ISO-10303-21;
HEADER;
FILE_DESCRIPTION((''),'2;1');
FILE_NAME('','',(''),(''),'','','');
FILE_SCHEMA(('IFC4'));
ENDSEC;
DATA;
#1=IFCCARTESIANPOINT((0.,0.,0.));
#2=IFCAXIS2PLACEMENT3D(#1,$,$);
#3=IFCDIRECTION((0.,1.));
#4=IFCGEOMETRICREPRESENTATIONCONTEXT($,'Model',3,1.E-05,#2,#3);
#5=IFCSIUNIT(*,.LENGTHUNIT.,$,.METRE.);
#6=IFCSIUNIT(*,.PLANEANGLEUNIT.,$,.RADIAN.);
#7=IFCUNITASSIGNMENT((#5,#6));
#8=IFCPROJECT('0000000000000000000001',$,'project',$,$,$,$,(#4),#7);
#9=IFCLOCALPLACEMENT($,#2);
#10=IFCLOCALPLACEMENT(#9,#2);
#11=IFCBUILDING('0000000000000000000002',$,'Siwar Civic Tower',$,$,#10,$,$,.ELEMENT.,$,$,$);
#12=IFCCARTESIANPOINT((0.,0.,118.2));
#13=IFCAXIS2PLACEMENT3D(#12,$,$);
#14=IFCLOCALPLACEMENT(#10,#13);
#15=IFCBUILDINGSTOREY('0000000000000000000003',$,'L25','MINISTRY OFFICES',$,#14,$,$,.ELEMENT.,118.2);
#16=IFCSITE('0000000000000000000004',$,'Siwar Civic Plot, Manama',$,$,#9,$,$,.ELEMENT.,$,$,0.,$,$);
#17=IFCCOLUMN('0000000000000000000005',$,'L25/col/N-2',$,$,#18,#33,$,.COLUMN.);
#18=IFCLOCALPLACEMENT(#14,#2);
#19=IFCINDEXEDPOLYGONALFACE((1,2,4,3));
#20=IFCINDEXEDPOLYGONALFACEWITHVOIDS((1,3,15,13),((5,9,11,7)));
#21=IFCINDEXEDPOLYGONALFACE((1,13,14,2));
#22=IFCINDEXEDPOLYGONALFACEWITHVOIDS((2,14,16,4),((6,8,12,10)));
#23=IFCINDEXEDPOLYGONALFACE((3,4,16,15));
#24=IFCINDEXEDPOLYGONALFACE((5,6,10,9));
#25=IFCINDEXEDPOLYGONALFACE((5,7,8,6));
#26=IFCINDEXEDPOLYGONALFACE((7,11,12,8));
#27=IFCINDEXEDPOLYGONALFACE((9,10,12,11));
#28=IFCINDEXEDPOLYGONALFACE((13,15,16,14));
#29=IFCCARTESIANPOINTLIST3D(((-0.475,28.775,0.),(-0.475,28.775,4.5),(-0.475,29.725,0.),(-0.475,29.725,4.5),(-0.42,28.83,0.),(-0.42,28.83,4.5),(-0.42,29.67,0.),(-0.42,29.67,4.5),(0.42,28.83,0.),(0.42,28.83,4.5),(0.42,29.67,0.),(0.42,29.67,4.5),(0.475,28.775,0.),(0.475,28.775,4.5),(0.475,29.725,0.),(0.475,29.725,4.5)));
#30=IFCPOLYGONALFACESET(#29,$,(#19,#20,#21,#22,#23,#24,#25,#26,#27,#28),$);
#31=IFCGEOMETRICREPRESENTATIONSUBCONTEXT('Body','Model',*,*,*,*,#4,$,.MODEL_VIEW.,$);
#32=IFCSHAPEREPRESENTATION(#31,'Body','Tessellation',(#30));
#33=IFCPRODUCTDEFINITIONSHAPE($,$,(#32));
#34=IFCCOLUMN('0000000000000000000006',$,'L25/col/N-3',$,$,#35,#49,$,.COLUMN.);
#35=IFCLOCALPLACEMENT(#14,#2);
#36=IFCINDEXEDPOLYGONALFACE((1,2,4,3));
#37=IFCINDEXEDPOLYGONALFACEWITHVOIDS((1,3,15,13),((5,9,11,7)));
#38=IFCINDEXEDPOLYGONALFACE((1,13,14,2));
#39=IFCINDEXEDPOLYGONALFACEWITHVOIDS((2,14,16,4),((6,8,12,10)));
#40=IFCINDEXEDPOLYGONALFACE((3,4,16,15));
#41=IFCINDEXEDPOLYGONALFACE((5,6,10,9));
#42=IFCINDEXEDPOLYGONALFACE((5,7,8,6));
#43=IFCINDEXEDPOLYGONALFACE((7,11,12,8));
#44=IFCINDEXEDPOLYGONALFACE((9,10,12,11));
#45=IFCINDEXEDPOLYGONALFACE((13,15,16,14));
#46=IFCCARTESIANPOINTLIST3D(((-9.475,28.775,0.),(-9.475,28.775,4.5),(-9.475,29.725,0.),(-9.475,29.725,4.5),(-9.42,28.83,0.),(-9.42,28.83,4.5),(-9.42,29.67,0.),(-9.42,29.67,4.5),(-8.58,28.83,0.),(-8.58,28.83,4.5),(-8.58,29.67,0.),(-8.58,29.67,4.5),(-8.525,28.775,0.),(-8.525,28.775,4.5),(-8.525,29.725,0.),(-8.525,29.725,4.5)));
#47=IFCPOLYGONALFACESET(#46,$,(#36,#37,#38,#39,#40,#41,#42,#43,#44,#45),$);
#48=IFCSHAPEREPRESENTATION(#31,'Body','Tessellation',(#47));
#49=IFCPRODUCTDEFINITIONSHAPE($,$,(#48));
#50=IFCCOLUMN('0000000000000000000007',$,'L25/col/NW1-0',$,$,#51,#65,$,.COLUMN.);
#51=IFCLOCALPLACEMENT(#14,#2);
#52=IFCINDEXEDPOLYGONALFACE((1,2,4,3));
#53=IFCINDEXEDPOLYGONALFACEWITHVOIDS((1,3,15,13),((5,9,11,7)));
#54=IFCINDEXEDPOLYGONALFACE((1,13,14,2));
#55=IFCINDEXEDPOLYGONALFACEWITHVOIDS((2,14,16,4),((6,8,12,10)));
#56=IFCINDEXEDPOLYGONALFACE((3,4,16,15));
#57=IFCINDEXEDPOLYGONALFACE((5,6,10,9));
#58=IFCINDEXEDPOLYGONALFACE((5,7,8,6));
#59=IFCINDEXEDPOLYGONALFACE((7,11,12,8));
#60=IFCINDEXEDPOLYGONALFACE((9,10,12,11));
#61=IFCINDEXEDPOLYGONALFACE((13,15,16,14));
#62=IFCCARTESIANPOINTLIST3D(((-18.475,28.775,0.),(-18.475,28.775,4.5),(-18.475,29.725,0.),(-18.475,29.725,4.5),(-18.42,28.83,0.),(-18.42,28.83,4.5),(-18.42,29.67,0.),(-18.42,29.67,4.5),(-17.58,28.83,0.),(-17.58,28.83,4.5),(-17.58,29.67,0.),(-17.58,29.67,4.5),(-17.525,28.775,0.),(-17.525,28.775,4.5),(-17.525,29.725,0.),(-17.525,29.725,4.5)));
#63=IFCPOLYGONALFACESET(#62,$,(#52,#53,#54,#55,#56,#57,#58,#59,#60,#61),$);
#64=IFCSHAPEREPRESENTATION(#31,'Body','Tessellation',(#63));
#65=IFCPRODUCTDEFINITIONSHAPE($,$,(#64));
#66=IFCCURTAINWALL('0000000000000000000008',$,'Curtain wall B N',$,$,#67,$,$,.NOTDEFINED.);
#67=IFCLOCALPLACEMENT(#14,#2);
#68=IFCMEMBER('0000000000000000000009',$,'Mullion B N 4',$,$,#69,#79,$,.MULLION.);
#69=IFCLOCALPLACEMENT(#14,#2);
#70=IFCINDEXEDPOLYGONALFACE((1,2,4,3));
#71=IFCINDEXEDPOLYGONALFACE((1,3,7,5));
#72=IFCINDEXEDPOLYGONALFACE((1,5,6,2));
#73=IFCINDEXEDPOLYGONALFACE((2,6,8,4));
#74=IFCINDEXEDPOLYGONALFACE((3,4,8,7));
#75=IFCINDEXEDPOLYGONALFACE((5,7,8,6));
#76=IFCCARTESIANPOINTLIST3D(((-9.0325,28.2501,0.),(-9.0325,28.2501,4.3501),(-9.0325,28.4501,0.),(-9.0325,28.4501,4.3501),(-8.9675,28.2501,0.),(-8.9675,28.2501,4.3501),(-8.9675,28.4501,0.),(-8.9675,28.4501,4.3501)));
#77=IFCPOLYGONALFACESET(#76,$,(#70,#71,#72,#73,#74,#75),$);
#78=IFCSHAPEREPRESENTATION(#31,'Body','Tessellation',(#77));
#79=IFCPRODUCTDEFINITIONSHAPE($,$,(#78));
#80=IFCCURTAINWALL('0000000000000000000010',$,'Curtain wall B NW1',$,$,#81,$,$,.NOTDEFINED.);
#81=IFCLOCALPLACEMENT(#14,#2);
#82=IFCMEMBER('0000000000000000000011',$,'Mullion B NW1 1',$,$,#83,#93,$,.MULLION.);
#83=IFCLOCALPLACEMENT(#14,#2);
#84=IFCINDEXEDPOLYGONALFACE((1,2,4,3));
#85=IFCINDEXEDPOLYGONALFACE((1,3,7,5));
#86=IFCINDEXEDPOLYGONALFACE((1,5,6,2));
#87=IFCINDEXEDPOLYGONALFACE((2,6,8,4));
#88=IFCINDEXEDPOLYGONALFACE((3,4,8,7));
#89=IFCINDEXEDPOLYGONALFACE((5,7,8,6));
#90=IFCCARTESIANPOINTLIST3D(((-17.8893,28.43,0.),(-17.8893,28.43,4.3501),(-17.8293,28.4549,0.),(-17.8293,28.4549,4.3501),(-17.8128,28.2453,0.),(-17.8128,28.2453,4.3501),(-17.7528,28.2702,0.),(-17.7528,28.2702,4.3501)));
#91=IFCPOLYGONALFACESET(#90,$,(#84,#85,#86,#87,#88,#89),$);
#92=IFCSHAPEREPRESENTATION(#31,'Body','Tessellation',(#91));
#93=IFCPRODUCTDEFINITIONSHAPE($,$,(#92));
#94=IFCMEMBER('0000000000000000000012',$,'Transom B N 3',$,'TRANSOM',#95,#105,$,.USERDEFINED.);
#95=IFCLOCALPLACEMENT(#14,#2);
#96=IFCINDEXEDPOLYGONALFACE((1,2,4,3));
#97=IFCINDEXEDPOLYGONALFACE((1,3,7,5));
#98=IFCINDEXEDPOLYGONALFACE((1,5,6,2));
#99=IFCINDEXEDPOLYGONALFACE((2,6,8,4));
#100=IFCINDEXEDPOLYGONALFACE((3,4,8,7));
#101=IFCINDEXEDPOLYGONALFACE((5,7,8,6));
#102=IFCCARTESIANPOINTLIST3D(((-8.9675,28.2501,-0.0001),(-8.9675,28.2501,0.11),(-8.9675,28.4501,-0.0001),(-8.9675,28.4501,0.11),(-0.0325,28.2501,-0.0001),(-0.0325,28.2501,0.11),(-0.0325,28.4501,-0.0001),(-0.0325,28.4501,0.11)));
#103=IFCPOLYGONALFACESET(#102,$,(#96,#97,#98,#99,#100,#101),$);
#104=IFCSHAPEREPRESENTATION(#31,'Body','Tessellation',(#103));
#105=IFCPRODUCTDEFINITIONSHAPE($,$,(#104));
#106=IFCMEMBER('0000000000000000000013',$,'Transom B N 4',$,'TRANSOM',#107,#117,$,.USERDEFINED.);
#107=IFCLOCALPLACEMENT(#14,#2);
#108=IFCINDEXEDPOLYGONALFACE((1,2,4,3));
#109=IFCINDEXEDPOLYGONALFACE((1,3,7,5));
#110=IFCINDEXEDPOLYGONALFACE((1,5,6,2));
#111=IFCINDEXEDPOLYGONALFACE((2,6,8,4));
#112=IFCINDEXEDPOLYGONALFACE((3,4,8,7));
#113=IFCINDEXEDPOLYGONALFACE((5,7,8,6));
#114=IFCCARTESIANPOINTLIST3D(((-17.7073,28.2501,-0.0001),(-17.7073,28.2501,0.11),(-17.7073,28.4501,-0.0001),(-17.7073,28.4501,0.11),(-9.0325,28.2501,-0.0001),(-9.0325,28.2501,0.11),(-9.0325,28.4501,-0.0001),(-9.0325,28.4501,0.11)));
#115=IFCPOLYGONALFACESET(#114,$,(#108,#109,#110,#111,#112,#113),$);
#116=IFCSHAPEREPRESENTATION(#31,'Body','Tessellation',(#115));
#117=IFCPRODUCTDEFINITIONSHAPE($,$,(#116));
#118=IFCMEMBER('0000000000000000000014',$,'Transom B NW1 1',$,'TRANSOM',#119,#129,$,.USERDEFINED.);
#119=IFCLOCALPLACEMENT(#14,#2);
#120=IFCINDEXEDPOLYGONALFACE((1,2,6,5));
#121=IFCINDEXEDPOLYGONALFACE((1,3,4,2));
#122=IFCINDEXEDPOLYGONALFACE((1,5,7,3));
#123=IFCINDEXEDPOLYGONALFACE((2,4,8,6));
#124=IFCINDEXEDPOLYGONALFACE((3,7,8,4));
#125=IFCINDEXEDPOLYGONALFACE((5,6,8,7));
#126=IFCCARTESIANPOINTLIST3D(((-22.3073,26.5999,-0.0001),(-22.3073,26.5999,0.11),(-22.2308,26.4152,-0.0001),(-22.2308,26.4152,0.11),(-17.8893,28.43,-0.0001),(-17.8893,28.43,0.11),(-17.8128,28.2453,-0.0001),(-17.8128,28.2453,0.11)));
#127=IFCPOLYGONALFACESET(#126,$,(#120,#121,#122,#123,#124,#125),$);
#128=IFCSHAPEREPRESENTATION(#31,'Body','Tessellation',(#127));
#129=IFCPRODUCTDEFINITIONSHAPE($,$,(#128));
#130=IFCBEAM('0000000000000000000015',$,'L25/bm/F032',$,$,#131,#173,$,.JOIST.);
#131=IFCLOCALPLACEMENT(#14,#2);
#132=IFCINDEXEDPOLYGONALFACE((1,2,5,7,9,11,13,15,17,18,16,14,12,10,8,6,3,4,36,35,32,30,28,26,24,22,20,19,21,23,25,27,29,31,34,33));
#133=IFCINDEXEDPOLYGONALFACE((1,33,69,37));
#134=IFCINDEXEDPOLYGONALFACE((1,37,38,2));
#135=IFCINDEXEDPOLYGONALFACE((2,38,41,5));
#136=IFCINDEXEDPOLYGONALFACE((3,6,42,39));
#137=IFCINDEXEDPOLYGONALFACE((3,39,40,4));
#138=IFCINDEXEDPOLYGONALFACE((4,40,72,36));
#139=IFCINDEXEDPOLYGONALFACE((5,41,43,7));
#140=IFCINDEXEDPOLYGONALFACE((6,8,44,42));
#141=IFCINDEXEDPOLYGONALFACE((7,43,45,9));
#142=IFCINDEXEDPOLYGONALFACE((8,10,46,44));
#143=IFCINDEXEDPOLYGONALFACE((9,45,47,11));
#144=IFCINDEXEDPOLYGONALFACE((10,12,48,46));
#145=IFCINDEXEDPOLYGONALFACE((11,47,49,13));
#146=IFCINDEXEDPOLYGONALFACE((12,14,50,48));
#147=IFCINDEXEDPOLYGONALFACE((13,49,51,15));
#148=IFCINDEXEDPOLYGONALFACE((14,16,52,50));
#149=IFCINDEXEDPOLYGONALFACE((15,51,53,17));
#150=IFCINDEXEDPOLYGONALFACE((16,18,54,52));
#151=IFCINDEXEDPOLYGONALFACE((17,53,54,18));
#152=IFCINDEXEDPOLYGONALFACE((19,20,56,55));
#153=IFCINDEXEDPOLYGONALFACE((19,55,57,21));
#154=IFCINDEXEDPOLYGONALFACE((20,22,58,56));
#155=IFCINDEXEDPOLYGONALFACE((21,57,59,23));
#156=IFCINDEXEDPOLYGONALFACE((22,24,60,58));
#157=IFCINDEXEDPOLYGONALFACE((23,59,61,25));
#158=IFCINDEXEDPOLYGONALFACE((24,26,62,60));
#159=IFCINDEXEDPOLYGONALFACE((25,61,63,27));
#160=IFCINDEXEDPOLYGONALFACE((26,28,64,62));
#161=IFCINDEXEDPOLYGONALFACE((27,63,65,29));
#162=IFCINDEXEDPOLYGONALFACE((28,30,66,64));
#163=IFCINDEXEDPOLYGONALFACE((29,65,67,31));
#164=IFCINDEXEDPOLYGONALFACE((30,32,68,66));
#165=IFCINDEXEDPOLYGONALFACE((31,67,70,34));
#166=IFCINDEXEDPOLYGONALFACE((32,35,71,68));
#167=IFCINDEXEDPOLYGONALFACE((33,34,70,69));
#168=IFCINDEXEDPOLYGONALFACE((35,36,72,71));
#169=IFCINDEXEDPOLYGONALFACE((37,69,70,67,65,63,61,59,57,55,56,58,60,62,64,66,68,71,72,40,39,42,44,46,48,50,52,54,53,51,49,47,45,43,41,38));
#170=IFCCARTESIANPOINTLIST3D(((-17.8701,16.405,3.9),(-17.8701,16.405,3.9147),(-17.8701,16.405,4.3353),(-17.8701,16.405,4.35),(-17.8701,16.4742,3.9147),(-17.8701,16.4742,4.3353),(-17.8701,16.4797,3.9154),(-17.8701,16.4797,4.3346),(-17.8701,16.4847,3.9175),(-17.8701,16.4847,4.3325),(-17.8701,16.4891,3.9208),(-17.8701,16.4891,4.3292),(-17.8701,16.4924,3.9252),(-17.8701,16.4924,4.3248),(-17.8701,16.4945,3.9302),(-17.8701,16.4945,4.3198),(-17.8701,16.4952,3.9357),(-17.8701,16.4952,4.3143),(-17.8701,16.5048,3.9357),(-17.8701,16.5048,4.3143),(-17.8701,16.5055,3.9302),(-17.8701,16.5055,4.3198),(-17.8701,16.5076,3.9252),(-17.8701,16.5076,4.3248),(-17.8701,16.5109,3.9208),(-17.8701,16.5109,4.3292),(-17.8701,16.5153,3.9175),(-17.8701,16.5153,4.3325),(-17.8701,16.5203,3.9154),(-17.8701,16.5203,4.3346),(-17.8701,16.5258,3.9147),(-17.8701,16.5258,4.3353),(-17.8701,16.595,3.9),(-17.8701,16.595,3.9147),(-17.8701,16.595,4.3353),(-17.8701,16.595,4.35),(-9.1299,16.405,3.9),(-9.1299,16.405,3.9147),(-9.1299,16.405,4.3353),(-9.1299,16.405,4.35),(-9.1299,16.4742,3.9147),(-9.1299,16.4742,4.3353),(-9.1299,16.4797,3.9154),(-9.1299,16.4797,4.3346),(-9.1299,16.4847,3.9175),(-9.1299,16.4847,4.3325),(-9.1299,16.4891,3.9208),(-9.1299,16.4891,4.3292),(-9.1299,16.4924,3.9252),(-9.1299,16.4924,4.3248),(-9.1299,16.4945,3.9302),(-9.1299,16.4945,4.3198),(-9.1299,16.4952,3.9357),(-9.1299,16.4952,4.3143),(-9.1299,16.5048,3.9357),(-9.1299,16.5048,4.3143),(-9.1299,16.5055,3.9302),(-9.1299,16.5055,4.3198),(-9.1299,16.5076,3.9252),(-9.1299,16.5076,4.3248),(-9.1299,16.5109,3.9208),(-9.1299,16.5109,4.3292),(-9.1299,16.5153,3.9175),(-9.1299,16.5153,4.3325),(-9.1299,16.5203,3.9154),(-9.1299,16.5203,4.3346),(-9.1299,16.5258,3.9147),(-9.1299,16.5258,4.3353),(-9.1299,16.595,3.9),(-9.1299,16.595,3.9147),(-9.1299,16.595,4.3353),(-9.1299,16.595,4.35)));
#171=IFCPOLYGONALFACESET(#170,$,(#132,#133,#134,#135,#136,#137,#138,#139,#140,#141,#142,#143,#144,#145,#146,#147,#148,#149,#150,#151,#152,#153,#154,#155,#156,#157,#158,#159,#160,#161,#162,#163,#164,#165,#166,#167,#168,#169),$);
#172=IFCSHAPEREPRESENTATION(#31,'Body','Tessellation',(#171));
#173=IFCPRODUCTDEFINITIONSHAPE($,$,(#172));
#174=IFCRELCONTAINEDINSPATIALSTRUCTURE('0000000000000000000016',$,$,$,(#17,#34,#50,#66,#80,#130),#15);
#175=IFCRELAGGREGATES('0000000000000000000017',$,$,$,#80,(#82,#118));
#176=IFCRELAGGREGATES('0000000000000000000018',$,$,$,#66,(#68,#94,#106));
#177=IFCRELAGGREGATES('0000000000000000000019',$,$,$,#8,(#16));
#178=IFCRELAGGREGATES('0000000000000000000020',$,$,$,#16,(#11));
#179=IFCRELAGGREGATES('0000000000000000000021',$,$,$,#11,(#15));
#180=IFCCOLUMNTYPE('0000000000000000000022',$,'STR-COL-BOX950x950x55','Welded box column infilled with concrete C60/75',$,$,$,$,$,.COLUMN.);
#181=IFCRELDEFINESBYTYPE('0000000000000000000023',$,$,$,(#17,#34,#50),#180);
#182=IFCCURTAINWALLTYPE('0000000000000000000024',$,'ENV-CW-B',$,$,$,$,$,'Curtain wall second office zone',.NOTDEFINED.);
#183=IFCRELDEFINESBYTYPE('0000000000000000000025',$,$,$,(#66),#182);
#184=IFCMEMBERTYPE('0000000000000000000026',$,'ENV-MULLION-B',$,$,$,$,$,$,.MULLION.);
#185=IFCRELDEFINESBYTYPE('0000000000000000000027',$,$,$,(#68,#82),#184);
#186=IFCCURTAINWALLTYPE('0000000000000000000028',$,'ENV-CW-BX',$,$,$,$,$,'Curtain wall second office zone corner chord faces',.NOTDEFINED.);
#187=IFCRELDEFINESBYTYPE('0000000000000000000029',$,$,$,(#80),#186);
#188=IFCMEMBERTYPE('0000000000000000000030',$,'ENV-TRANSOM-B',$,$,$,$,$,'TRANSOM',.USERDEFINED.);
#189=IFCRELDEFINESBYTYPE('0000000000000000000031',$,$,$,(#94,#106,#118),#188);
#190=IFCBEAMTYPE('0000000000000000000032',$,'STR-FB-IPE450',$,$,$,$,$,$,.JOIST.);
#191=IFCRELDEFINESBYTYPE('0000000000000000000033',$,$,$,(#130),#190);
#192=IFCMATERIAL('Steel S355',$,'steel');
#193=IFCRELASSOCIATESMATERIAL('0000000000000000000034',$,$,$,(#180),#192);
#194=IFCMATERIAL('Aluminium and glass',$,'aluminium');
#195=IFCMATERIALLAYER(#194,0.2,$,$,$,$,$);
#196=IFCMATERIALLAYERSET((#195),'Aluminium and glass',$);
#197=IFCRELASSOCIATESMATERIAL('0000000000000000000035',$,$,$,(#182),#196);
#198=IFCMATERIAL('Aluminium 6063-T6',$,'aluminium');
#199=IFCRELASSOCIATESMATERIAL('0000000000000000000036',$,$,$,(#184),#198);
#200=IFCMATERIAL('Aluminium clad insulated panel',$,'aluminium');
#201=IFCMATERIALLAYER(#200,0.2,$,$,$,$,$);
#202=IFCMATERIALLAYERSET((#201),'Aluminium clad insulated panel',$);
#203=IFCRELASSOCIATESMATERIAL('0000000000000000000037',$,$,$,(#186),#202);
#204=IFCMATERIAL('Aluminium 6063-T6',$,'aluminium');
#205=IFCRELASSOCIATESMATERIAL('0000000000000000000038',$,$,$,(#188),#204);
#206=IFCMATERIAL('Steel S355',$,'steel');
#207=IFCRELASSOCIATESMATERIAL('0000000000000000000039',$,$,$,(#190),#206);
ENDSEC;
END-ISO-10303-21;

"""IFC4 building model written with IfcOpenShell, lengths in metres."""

from ifc_helpers import new_model, si_unit, direction, frame, origin, origin_2d, place, context, subcontext, project, spatial, rectangle, hollow_rectangle, i_section, extrude, material, layer, layer_set, material_profile, profile_set, type_object, element, aggregate, save


model = new_model("IFC4")

# Units and contexts
model_context = context("Model", 3, precision=1e-05, world=origin(), true_north=direction((0.0, 1.0)))
body_context = subcontext(model_context, "Body", "Model", "MODEL_VIEW")
ifc_project = project(units=[si_unit("LENGTHUNIT", "METRE"), si_unit("PLANEANGLEUNIT", "RADIAN")], contexts=[model_context])

# Site, building, storey
site_placement = place(None, origin())
site = spatial("IfcSite", under=ifc_project, at=site_placement, Name="Siwar Civic Plot, Manama", CompositionType="ELEMENT", RefElevation=0.0)
building_placement = place(site_placement, origin())
building = spatial("IfcBuilding", under=site, at=building_placement, Name="Siwar Civic Tower", CompositionType="ELEMENT")
storey_placement = place(building_placement, frame((0.0, 0.0, 118.2)))
storey = spatial("IfcBuildingStorey", under=building, at=storey_placement, Name="L25", Description="MINISTRY OFFICES", CompositionType="ELEMENT", Elevation=118.2)

# Columns
ifc_material_1 = material(Name="Steel S355", Category="steel")
ifc_material_profile_1 = material_profile(ifc_material_1, hollow_rectangle(XDim=0.95, YDim=0.95, WallThickness=0.0549, at=origin_2d()), Name="BOX950x950x55")
ifc_profile_set_1 = profile_set([ifc_material_profile_1], Name="Steel S355")
column_type = type_object("IfcColumnType", Name="STR-COL-BOX950x950x55", Description="Welded box column infilled with concrete C60/75", PredefinedType="COLUMN", material=ifc_profile_set_1)
for number, where, z_axis, x_axis, name in (
    (1, (0.0, 29.25, 0.0), (0.0, 0.0, 1.0), (1.0, 0.0, 0.0), "L25/col/N-2"),
    (2, (-9.0, 29.25, 0.0), (0.0, 0.0, 1.0), (1.0, 0.0, 0.0), "L25/col/N-3"),
    (3, (-18.0, 29.25, 0.0), (0.0, 0.0, 1.0), (1.0, 0.0, 0.0), "L25/col/NW1-0"),
):
    element("IfcColumn", number, at=place(storey_placement, frame(where, z_axis=z_axis, x_axis=x_axis)), inside=storey, type_object=column_type, Name=name, PredefinedType="COLUMN", context=body_context, shape_type="SweptSolid", body=[
        extrude(hollow_rectangle(XDim=0.95, YDim=0.95, WallThickness=0.0549, at=origin_2d()), origin(), (0.0, 0.0, 1.0), 4.5),
    ])

# Curtain walls, members
ifc_material_2 = material(Name="Aluminium and glass", Category="aluminium")
ifc_layer_1 = layer(ifc_material_2, 0.2)
ifc_layer_set_1 = layer_set([ifc_layer_1], Name="Aluminium and glass")
curtain_wall_type_1 = type_object("IfcCurtainWallType", Name="ENV-CW-B", ElementType="Curtain wall second office zone", PredefinedType="NOTDEFINED", material=ifc_layer_set_1)
curtain_wall_1_placement = place(storey_placement, origin())
curtain_wall_1 = element("IfcCurtainWall", 4, at=curtain_wall_1_placement, inside=storey, type_object=curtain_wall_type_1, Name="Curtain wall B N", PredefinedType="NOTDEFINED")
ifc_material_3 = material(Name="Aluminium 6063-T6", Category="aluminium")
ifc_material_profile_2 = material_profile(ifc_material_3, rectangle(XDim=0.2, YDim=0.0649, at=origin_2d()), Name="AL 200x65")
ifc_profile_set_2 = profile_set([ifc_material_profile_2], Name="Aluminium 6063-T6")
member_type_1 = type_object("IfcMemberType", Name="ENV-MULLION-B", PredefinedType="MULLION", material=ifc_profile_set_2)
member_1_placement = place(storey_placement, frame((-9.0, 28.3501, 0.0), z_axis=(0.0, 0.0, 1.0), x_axis=(0.0, -1.0, 0.0)))
member_1 = element("IfcMember", 5, at=member_1_placement, type_object=member_type_1, Name="Mullion B N 4", PredefinedType="MULLION", context=body_context, shape_type="SweptSolid", body=[
    extrude(rectangle(XDim=0.2, YDim=0.0649, at=origin_2d()), origin(), (0.0, 0.0, 1.0), 4.3501),
])
ifc_material_4 = material(Name="Aluminium clad insulated panel", Category="aluminium")
ifc_layer_2 = layer(ifc_material_4, 0.2)
ifc_layer_set_2 = layer_set([ifc_layer_2], Name="Aluminium clad insulated panel")
curtain_wall_type_2 = type_object("IfcCurtainWallType", Name="ENV-CW-BX", ElementType="Curtain wall second office zone corner chord faces", PredefinedType="NOTDEFINED", material=ifc_layer_set_2)
curtain_wall_2_placement = place(storey_placement, origin())
curtain_wall_2 = element("IfcCurtainWall", 6, at=curtain_wall_2_placement, inside=storey, type_object=curtain_wall_type_2, Name="Curtain wall B NW1", PredefinedType="NOTDEFINED")
member_2_placement = place(storey_placement, frame((-17.821, 28.3501, 0.0), z_axis=(0.0, 0.0, 1.0), x_axis=(0.382683, -0.92388, 0.0)))
member_2 = element("IfcMember", 7, at=member_2_placement, type_object=member_type_1, Name="Mullion B NW1 1", PredefinedType="MULLION", context=body_context, shape_type="SweptSolid", body=[
    extrude(rectangle(XDim=0.2, YDim=0.0649, at=origin_2d()), origin(), (0.0, 0.0, 1.0), 4.3501),
])

# Members
ifc_material_5 = material(Name="Aluminium 6063-T6", Category="aluminium")
ifc_material_profile_3 = material_profile(ifc_material_5, rectangle(XDim=0.2, YDim=0.1101, at=origin_2d()), Name="AL 200x110")
ifc_profile_set_3 = profile_set([ifc_material_profile_3], Name="Aluminium 6063-T6")
member_type_2 = type_object("IfcMemberType", Name="ENV-TRANSOM-B", ElementType="TRANSOM", PredefinedType="USERDEFINED", material=ifc_profile_set_3)
member_3_placement = place(storey_placement, frame((-0.0325, 28.3501, 0.0549), z_axis=(-1.0, 0.0, 0.0), x_axis=(0.0, -1.0, 0.0)))
member_3 = element("IfcMember", 8, at=member_3_placement, type_object=member_type_2, Name="Transom B N 3", ObjectType="TRANSOM", PredefinedType="USERDEFINED", context=body_context, shape_type="SweptSolid", body=[
    extrude(rectangle(XDim=0.2, YDim=0.1101, at=origin_2d()), origin(), (0.0, 0.0, 1.0), 8.9351),
])
member_4_placement = place(storey_placement, frame((-9.0325, 28.3501, 0.0549), z_axis=(-1.0, 0.0, 0.0), x_axis=(0.0, -1.0, 0.0)))
member_4 = element("IfcMember", 9, at=member_4_placement, type_object=member_type_2, Name="Transom B N 4", ObjectType="TRANSOM", PredefinedType="USERDEFINED", context=body_context, shape_type="SweptSolid", body=[
    extrude(rectangle(XDim=0.2, YDim=0.1101, at=origin_2d()), origin(), (0.0, 0.0, 1.0), 8.6748),
])
member_5_placement = place(storey_placement, frame((-17.8511, 28.3376, 0.0549), z_axis=(-0.923872, -0.3827, 0.0), x_axis=(0.3827, -0.923872, 0.0)))
member_5 = element("IfcMember", 10, at=member_5_placement, type_object=member_type_2, Name="Transom B NW1 1", ObjectType="TRANSOM", PredefinedType="USERDEFINED", context=body_context, shape_type="SweptSolid", body=[
    extrude(rectangle(XDim=0.2, YDim=0.1101, at=origin_2d()), origin(), (0.0, 0.0, 1.0), 4.782),
])
aggregate(curtain_wall_2, [member_2, member_5])

# Beam
ifc_material_6 = material(Name="Steel S355", Category="steel")
ifc_material_profile_4 = material_profile(ifc_material_6, i_section(OverallWidth=0.1899, OverallDepth=0.45, WebThickness=0.0095, FlangeThickness=0.0146, FilletRadius=0.021, at=origin_2d()), Name="IPE450")
ifc_profile_set_4 = profile_set([ifc_material_profile_4], Name="Steel S355")
beam_type_1 = type_object("IfcBeamType", Name="STR-FB-IPE450", PredefinedType="JOIST", material=ifc_profile_set_4)
for number, where, z_axis, x_axis, name in (
    (11, (-17.8701, 16.5, 4.125), (1.0, 0.0, 0.0), (0.0, 1.0, 0.0), "L25/bm/F032"),
):
    element("IfcBeam", number, at=place(storey_placement, frame(where, z_axis=z_axis, x_axis=x_axis)), inside=storey, type_object=beam_type_1, Name=name, PredefinedType="JOIST", context=body_context, shape_type="SweptSolid", body=[
        extrude(i_section(OverallWidth=0.1899, OverallDepth=0.45, WebThickness=0.0095, FlangeThickness=0.0146, FilletRadius=0.021, at=origin_2d()), origin(), (0.0, 0.0, 1.0), 8.7402),
    ])

aggregate(curtain_wall_1, [member_1, member_3, member_4])

save(model, "model.ifc")
